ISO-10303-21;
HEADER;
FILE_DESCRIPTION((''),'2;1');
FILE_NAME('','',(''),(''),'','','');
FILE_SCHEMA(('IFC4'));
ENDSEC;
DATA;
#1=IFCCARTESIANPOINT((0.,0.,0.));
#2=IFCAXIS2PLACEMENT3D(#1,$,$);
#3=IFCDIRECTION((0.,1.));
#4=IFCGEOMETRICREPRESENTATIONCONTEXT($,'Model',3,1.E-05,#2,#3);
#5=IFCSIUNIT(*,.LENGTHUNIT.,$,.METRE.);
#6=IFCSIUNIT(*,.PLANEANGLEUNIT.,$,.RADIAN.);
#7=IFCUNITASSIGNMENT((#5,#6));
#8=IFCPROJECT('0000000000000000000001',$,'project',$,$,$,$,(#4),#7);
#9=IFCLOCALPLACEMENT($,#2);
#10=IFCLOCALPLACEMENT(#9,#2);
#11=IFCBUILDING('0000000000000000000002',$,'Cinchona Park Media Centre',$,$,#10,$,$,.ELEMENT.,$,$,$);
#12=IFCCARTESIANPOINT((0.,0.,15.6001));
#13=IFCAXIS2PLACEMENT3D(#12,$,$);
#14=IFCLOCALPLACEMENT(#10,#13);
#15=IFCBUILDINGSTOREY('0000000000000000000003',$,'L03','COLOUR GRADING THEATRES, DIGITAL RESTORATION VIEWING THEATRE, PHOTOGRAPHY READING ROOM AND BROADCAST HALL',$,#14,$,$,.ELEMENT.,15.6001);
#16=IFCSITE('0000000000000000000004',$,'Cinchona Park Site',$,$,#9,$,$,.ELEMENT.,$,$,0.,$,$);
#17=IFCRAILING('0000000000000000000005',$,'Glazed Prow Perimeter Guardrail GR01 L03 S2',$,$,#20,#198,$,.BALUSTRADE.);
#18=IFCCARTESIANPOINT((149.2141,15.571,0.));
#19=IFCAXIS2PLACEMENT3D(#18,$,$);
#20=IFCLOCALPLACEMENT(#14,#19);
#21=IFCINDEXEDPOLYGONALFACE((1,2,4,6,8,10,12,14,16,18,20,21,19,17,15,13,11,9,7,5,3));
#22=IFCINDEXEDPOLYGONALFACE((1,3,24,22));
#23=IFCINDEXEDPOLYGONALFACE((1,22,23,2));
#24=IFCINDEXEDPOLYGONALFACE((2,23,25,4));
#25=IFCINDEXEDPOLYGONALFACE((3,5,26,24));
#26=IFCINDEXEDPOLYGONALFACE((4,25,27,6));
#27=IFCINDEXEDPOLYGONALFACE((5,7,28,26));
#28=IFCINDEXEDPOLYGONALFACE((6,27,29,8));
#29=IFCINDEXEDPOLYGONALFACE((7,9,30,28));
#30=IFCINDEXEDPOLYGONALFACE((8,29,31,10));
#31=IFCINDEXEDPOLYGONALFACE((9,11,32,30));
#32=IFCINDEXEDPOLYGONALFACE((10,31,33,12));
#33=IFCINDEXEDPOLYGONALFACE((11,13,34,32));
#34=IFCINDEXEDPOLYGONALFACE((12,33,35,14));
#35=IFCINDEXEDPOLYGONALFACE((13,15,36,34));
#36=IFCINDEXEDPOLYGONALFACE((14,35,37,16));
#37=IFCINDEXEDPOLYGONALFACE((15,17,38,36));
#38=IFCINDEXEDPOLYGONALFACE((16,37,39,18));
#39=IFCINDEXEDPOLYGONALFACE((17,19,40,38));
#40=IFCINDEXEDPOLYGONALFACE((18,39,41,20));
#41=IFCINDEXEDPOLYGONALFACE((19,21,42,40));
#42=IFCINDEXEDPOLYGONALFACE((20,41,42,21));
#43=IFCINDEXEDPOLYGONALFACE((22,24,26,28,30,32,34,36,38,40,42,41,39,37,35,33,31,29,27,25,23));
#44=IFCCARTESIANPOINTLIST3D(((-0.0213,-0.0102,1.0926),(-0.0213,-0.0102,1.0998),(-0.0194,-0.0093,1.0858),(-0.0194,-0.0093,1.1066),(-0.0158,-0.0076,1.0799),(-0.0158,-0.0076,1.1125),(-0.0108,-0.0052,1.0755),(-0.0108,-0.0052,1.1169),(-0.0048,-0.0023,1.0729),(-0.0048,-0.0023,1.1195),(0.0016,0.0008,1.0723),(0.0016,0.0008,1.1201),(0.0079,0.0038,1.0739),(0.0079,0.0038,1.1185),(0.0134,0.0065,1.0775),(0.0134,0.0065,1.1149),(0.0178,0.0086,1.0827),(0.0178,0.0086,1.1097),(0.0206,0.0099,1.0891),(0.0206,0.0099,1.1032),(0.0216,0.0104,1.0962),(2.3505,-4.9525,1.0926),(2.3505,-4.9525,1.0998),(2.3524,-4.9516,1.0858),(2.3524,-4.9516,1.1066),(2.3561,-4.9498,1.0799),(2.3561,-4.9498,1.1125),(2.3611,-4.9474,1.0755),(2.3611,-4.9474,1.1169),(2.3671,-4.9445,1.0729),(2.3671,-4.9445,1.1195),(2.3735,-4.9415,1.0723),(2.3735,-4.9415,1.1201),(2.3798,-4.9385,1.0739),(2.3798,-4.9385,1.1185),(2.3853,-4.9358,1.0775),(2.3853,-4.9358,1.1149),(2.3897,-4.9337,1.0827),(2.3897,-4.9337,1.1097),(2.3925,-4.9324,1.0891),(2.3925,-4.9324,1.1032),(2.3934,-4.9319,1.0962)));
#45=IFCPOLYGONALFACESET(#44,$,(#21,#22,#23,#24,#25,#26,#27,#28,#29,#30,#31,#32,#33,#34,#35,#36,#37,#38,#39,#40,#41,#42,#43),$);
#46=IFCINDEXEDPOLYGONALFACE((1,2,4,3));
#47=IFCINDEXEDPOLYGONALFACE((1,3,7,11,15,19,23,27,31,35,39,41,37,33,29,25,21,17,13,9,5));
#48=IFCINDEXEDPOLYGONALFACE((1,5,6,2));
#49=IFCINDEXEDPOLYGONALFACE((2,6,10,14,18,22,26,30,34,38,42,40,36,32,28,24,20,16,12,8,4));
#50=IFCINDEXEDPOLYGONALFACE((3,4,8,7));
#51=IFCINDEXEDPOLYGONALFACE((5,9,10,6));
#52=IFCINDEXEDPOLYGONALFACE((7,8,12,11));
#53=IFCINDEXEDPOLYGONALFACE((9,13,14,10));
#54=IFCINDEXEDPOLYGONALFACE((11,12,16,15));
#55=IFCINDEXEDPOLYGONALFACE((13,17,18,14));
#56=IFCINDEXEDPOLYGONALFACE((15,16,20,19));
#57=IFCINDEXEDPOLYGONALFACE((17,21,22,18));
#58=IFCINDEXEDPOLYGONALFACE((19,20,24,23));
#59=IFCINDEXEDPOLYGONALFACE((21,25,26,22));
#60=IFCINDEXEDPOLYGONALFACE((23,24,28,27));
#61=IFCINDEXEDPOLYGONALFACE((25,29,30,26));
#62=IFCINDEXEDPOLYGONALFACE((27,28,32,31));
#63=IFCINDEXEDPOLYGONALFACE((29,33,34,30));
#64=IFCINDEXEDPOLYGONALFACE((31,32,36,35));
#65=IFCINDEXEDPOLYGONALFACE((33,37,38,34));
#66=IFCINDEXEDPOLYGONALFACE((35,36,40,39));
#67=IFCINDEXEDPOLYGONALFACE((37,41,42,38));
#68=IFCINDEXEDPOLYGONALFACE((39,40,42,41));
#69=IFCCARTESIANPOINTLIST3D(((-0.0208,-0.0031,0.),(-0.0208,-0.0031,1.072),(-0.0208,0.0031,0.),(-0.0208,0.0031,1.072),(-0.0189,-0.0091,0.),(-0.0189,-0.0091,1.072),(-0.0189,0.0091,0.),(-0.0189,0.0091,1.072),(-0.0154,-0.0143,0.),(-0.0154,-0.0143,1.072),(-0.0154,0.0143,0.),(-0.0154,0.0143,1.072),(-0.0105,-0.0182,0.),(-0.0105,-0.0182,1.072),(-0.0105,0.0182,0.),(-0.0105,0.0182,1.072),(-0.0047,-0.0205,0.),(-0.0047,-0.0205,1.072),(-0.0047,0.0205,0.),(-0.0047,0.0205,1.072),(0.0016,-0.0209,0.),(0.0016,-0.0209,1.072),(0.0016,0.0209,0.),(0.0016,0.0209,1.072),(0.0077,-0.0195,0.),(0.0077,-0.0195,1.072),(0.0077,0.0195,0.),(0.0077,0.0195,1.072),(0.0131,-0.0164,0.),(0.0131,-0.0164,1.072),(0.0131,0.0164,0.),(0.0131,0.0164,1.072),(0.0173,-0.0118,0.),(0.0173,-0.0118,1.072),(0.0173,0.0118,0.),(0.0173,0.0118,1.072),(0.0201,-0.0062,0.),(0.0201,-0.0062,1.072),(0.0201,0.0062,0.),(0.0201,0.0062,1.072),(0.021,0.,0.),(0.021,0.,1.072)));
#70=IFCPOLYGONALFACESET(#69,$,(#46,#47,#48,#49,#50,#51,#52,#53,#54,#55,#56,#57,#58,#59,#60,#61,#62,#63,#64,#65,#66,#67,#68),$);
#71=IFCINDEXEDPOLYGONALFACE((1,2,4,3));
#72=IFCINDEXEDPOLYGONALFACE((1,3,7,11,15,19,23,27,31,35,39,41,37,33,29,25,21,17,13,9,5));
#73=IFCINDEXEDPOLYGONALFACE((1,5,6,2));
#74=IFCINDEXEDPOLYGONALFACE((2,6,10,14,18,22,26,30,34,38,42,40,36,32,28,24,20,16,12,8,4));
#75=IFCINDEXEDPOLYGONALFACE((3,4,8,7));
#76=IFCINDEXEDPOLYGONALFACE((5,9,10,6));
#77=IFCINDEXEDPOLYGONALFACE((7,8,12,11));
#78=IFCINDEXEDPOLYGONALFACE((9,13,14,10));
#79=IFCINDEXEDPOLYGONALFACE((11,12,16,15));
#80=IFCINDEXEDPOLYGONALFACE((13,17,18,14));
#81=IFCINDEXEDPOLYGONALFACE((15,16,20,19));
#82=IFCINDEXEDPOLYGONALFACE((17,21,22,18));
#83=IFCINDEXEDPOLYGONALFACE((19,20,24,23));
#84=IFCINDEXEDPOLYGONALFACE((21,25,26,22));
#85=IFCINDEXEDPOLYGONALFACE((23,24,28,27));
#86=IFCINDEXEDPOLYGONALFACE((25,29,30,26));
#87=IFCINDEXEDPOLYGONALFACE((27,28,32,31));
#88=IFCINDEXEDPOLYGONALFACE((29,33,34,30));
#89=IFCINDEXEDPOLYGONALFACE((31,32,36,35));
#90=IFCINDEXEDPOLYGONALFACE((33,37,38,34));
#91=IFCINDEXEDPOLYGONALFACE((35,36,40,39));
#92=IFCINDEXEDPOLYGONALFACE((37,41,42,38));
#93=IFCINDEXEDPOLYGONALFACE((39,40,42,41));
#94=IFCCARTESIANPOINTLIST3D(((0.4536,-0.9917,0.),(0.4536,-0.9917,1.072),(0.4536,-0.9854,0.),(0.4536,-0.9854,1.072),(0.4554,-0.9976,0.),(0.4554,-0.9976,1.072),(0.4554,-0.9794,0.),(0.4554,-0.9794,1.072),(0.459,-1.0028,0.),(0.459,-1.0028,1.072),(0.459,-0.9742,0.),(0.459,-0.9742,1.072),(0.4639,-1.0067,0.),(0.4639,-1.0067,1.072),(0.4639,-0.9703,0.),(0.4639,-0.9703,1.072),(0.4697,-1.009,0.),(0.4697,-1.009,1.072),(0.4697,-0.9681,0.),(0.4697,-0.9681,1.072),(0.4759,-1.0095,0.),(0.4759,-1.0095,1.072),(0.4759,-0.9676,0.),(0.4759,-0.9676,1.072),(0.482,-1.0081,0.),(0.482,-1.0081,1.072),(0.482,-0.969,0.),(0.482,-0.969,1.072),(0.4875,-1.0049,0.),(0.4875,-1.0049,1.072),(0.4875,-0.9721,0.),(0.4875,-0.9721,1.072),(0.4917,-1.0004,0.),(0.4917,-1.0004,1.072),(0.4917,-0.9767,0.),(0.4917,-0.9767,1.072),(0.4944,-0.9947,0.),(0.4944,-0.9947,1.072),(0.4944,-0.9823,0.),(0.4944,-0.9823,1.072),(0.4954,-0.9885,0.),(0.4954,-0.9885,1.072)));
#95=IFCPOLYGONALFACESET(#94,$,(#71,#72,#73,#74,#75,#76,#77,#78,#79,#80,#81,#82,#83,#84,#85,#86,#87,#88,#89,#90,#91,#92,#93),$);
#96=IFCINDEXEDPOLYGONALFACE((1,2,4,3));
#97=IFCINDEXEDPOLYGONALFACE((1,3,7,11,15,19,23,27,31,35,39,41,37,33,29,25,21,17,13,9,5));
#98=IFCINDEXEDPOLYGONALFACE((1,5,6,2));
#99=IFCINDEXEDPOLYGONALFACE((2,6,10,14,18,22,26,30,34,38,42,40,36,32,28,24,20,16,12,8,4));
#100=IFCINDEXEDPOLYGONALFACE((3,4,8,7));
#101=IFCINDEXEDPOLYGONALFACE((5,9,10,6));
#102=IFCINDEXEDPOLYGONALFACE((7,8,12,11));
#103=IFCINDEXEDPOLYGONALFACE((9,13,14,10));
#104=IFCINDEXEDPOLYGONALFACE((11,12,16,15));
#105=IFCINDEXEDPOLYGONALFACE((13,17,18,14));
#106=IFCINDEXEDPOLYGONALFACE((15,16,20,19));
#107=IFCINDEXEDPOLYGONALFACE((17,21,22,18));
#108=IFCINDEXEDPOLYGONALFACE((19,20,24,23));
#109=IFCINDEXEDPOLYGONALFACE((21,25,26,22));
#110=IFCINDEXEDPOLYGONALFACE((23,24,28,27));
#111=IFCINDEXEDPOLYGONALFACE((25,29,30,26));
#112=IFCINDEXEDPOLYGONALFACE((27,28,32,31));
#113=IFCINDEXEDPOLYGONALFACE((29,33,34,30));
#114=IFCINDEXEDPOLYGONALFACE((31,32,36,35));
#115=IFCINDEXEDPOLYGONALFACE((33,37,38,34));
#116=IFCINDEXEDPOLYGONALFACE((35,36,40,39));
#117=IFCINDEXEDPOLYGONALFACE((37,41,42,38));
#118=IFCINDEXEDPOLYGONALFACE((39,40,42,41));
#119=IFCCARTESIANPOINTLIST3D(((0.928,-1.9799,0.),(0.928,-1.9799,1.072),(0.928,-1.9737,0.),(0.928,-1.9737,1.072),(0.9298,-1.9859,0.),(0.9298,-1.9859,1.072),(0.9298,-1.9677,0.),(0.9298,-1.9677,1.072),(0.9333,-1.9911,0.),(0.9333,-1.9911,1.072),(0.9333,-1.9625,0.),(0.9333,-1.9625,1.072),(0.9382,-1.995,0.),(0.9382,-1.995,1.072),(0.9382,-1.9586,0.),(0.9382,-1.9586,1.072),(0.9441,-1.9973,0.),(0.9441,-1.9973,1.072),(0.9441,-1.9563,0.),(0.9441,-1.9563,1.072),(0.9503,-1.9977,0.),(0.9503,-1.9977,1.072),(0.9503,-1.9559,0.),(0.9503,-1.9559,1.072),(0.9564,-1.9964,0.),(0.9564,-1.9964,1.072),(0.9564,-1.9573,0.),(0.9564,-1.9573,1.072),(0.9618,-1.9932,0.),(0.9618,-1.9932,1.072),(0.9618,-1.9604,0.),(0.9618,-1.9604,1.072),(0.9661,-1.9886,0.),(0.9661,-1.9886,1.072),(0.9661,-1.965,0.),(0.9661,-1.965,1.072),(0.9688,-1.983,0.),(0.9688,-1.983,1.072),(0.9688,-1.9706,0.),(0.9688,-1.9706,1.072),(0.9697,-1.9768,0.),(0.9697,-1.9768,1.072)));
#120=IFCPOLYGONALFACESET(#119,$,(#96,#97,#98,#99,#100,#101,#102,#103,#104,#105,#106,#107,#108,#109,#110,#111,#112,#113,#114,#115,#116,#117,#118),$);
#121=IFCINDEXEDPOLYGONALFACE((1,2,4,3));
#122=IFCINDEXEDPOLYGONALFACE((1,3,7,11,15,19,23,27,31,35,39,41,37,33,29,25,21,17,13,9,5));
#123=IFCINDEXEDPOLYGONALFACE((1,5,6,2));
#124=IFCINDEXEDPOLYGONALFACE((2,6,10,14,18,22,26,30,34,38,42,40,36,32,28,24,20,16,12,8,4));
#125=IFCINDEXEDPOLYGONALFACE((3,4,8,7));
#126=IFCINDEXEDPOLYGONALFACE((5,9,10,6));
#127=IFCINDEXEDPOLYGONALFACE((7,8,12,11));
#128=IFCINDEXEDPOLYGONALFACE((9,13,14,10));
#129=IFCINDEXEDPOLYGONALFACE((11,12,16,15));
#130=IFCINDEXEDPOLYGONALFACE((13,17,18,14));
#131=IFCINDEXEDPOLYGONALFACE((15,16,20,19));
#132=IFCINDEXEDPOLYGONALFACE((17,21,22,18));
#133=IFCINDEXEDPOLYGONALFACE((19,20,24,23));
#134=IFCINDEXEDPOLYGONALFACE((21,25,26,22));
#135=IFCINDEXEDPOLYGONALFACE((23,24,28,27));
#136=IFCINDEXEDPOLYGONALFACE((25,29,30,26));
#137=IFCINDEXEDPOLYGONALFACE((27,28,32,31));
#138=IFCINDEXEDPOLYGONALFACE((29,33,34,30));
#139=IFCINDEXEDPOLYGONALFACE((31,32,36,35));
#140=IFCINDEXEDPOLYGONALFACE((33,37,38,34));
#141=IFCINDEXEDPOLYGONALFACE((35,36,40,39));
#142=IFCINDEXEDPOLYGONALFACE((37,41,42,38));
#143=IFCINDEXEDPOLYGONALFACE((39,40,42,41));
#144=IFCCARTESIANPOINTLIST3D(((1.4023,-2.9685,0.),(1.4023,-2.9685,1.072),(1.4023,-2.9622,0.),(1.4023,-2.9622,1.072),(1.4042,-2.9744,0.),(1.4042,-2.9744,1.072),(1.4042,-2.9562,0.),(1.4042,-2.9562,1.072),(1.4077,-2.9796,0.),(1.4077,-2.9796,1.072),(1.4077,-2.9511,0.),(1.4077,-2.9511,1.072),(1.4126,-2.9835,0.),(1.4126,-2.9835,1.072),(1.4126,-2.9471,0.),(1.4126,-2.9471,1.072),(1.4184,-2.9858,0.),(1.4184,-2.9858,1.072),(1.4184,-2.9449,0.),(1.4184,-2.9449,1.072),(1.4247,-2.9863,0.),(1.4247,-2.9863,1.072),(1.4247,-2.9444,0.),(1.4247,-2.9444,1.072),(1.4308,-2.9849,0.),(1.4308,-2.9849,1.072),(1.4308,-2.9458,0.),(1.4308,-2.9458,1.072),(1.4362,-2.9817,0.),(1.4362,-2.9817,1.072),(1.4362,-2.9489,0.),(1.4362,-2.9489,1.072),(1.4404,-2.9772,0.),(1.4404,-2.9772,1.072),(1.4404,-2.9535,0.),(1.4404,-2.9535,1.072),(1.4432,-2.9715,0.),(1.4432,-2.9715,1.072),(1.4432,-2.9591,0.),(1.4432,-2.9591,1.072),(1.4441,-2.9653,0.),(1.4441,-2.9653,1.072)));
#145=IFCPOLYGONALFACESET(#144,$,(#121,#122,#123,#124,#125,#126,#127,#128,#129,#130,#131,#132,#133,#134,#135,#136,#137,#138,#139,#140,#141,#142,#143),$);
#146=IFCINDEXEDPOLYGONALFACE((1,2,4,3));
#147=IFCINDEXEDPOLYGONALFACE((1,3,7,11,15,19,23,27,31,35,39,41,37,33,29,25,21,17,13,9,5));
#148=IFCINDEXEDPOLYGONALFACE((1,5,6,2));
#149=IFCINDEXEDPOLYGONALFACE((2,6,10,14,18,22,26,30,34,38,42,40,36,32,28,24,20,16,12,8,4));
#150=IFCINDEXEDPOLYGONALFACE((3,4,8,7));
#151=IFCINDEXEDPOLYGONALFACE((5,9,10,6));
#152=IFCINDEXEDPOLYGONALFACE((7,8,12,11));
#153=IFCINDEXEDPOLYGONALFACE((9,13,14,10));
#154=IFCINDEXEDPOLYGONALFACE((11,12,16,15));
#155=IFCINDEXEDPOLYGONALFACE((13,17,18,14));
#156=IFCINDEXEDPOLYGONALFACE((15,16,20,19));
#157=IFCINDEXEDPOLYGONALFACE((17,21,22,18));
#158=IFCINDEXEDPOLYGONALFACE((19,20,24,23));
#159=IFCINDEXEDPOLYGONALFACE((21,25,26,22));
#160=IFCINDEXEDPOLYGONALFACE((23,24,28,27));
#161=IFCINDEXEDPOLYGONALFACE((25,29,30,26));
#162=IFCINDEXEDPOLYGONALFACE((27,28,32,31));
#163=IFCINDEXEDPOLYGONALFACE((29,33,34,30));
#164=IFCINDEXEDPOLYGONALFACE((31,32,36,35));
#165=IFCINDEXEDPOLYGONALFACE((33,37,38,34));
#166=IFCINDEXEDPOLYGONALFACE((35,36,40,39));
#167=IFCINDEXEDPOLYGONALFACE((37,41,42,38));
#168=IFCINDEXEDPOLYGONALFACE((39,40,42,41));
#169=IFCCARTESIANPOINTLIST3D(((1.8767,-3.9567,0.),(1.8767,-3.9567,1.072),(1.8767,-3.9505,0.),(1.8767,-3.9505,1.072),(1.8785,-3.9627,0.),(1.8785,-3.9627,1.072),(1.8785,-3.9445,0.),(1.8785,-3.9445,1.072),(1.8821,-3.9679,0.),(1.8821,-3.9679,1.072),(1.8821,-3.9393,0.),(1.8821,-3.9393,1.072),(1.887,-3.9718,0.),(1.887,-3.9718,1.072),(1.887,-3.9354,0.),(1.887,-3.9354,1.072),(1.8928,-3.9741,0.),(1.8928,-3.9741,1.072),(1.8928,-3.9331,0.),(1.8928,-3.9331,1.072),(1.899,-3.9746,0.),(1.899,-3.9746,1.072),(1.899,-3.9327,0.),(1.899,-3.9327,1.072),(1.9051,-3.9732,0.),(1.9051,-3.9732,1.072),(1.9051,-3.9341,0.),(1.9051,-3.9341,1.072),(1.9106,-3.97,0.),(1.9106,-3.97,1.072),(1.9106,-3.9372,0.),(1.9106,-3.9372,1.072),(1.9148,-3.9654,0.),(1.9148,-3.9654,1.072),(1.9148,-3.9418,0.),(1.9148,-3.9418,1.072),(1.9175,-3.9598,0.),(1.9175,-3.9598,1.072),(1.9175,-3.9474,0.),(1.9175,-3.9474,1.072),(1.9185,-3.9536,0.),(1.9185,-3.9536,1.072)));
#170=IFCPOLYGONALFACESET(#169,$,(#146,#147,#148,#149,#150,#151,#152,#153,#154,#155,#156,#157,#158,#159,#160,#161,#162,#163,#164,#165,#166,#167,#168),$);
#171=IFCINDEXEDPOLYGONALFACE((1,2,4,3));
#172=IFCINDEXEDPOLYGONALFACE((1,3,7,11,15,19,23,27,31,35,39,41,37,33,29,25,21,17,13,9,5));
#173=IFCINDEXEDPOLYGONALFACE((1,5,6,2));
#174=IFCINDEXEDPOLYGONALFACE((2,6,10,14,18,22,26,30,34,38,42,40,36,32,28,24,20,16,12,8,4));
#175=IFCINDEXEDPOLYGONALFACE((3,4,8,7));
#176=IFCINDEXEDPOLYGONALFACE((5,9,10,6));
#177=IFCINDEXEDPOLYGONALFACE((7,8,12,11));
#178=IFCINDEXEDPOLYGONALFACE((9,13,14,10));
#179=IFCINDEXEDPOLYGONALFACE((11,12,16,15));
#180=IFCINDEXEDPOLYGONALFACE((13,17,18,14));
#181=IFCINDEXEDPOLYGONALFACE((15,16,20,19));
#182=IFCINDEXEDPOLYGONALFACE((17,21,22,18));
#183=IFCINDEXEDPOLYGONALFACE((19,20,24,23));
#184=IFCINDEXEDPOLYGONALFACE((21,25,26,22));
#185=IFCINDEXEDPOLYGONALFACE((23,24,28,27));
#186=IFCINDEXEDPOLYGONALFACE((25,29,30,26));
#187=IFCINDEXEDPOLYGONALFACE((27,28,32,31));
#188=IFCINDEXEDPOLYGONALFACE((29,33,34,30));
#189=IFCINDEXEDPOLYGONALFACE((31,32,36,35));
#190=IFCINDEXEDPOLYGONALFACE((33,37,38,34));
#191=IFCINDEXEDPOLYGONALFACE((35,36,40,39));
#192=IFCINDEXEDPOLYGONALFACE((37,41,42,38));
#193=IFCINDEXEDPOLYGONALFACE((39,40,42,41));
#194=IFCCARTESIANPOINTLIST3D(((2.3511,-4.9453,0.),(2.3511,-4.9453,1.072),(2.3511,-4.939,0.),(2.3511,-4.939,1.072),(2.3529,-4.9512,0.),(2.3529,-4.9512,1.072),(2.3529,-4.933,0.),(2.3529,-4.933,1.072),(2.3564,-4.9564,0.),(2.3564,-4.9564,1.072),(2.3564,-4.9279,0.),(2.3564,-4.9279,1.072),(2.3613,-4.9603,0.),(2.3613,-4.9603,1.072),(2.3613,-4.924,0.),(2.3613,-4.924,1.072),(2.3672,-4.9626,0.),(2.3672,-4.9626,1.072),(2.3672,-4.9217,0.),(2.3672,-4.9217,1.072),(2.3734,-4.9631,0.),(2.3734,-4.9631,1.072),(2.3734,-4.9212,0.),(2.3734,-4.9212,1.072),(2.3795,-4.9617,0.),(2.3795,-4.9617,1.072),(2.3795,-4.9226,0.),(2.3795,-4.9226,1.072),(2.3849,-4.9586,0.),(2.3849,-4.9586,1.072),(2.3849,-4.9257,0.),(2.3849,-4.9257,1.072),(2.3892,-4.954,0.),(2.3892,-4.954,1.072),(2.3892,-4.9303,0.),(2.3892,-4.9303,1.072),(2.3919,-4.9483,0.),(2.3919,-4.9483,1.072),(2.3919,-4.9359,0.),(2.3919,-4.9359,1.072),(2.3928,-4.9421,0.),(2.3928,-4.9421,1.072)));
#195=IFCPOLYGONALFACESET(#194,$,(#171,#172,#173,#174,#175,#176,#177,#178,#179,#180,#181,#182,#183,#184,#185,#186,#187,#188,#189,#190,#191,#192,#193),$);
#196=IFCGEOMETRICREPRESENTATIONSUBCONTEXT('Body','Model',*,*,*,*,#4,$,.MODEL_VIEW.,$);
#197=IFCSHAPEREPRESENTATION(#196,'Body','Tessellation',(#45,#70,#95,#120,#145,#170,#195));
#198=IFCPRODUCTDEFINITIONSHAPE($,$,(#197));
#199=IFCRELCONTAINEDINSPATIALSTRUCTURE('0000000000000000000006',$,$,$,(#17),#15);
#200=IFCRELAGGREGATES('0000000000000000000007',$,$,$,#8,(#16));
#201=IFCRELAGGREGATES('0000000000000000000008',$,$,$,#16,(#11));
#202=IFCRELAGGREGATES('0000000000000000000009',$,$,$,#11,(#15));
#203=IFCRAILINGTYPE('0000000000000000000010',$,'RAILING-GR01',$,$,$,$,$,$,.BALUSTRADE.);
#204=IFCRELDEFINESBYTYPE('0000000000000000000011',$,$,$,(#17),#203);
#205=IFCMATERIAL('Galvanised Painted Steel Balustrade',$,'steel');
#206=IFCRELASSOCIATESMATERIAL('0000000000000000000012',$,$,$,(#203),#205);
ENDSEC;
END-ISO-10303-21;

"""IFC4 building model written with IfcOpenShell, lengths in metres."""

from ifc_helpers import new_model, si_unit, direction, frame, origin, origin_2d, place, context, subcontext, project, spatial, circle, extrude, material, type_object, element, save


model = new_model("IFC4")

# Units and contexts
model_context = context("Model", 3, precision=1e-05, world=origin(), true_north=direction((0.0, 1.0)))
body_context = subcontext(model_context, "Body", "Model", "MODEL_VIEW")
ifc_project = project(units=[si_unit("LENGTHUNIT", "METRE"), si_unit("PLANEANGLEUNIT", "RADIAN")], contexts=[model_context])

# Site, building, storey
site_placement = place(None, origin())
site = spatial("IfcSite", under=ifc_project, at=site_placement, Name="Cinchona Park Site", CompositionType="ELEMENT", RefElevation=0.0)
building_placement = place(site_placement, origin())
building = spatial("IfcBuilding", under=site, at=building_placement, Name="Cinchona Park Media Centre", CompositionType="ELEMENT")
storey_placement = place(building_placement, frame((0.0, 0.0, 15.6001)))
storey = spatial("IfcBuildingStorey", under=building, at=storey_placement, Name="L03", Description="COLOUR GRADING THEATRES, DIGITAL RESTORATION VIEWING THEATRE, PHOTOGRAPHY READING ROOM AND BROADCAST HALL", CompositionType="ELEMENT", Elevation=15.6001)

# Railing
ifc_material_1 = material(Name="Galvanised Painted Steel Balustrade", Category="steel")
railing_type = type_object("IfcRailingType", Name="RAILING-GR01", PredefinedType="BALUSTRADE", material=ifc_material_1)
railing_placement = place(storey_placement, frame((149.2141, 15.571, 0.0)))
element("IfcRailing", 1, at=railing_placement, inside=storey, type_object=railing_type, Name="Glazed Prow Perimeter Guardrail GR01 L03 S2", PredefinedType="BALUSTRADE", context=body_context, shape_type="SweptSolid", body=[
    extrude(circle(Radius=0.0239, at=origin_2d()), frame((0.0, 0.0, 1.0962), z_axis=(0.432672, -0.901552, 0.0), x_axis=(0.901552, 0.432672, 0.0)), (0.0, 0.0, 1.0), 5.4819),
    extrude(circle(Radius=0.021, at=origin_2d()), origin(), (0.0, 0.0, 1.0), 1.072),
    extrude(circle(Radius=0.021, at=origin_2d()), frame((0.4744, -0.9885, 0.0)), (0.0, 0.0, 1.0), 1.072),
    extrude(circle(Radius=0.021, at=origin_2d()), frame((0.9487, -1.9768, 0.0)), (0.0, 0.0, 1.0), 1.072),
    extrude(circle(Radius=0.021, at=origin_2d()), frame((1.4231, -2.9653, 0.0)), (0.0, 0.0, 1.0), 1.072),
    extrude(circle(Radius=0.021, at=origin_2d()), frame((1.8975, -3.9536, 0.0)), (0.0, 0.0, 1.0), 1.072),
    extrude(circle(Radius=0.021, at=origin_2d()), frame((2.3718, -4.9421, 0.0)), (0.0, 0.0, 1.0), 1.072),
])

save(model, "model.ifc")
